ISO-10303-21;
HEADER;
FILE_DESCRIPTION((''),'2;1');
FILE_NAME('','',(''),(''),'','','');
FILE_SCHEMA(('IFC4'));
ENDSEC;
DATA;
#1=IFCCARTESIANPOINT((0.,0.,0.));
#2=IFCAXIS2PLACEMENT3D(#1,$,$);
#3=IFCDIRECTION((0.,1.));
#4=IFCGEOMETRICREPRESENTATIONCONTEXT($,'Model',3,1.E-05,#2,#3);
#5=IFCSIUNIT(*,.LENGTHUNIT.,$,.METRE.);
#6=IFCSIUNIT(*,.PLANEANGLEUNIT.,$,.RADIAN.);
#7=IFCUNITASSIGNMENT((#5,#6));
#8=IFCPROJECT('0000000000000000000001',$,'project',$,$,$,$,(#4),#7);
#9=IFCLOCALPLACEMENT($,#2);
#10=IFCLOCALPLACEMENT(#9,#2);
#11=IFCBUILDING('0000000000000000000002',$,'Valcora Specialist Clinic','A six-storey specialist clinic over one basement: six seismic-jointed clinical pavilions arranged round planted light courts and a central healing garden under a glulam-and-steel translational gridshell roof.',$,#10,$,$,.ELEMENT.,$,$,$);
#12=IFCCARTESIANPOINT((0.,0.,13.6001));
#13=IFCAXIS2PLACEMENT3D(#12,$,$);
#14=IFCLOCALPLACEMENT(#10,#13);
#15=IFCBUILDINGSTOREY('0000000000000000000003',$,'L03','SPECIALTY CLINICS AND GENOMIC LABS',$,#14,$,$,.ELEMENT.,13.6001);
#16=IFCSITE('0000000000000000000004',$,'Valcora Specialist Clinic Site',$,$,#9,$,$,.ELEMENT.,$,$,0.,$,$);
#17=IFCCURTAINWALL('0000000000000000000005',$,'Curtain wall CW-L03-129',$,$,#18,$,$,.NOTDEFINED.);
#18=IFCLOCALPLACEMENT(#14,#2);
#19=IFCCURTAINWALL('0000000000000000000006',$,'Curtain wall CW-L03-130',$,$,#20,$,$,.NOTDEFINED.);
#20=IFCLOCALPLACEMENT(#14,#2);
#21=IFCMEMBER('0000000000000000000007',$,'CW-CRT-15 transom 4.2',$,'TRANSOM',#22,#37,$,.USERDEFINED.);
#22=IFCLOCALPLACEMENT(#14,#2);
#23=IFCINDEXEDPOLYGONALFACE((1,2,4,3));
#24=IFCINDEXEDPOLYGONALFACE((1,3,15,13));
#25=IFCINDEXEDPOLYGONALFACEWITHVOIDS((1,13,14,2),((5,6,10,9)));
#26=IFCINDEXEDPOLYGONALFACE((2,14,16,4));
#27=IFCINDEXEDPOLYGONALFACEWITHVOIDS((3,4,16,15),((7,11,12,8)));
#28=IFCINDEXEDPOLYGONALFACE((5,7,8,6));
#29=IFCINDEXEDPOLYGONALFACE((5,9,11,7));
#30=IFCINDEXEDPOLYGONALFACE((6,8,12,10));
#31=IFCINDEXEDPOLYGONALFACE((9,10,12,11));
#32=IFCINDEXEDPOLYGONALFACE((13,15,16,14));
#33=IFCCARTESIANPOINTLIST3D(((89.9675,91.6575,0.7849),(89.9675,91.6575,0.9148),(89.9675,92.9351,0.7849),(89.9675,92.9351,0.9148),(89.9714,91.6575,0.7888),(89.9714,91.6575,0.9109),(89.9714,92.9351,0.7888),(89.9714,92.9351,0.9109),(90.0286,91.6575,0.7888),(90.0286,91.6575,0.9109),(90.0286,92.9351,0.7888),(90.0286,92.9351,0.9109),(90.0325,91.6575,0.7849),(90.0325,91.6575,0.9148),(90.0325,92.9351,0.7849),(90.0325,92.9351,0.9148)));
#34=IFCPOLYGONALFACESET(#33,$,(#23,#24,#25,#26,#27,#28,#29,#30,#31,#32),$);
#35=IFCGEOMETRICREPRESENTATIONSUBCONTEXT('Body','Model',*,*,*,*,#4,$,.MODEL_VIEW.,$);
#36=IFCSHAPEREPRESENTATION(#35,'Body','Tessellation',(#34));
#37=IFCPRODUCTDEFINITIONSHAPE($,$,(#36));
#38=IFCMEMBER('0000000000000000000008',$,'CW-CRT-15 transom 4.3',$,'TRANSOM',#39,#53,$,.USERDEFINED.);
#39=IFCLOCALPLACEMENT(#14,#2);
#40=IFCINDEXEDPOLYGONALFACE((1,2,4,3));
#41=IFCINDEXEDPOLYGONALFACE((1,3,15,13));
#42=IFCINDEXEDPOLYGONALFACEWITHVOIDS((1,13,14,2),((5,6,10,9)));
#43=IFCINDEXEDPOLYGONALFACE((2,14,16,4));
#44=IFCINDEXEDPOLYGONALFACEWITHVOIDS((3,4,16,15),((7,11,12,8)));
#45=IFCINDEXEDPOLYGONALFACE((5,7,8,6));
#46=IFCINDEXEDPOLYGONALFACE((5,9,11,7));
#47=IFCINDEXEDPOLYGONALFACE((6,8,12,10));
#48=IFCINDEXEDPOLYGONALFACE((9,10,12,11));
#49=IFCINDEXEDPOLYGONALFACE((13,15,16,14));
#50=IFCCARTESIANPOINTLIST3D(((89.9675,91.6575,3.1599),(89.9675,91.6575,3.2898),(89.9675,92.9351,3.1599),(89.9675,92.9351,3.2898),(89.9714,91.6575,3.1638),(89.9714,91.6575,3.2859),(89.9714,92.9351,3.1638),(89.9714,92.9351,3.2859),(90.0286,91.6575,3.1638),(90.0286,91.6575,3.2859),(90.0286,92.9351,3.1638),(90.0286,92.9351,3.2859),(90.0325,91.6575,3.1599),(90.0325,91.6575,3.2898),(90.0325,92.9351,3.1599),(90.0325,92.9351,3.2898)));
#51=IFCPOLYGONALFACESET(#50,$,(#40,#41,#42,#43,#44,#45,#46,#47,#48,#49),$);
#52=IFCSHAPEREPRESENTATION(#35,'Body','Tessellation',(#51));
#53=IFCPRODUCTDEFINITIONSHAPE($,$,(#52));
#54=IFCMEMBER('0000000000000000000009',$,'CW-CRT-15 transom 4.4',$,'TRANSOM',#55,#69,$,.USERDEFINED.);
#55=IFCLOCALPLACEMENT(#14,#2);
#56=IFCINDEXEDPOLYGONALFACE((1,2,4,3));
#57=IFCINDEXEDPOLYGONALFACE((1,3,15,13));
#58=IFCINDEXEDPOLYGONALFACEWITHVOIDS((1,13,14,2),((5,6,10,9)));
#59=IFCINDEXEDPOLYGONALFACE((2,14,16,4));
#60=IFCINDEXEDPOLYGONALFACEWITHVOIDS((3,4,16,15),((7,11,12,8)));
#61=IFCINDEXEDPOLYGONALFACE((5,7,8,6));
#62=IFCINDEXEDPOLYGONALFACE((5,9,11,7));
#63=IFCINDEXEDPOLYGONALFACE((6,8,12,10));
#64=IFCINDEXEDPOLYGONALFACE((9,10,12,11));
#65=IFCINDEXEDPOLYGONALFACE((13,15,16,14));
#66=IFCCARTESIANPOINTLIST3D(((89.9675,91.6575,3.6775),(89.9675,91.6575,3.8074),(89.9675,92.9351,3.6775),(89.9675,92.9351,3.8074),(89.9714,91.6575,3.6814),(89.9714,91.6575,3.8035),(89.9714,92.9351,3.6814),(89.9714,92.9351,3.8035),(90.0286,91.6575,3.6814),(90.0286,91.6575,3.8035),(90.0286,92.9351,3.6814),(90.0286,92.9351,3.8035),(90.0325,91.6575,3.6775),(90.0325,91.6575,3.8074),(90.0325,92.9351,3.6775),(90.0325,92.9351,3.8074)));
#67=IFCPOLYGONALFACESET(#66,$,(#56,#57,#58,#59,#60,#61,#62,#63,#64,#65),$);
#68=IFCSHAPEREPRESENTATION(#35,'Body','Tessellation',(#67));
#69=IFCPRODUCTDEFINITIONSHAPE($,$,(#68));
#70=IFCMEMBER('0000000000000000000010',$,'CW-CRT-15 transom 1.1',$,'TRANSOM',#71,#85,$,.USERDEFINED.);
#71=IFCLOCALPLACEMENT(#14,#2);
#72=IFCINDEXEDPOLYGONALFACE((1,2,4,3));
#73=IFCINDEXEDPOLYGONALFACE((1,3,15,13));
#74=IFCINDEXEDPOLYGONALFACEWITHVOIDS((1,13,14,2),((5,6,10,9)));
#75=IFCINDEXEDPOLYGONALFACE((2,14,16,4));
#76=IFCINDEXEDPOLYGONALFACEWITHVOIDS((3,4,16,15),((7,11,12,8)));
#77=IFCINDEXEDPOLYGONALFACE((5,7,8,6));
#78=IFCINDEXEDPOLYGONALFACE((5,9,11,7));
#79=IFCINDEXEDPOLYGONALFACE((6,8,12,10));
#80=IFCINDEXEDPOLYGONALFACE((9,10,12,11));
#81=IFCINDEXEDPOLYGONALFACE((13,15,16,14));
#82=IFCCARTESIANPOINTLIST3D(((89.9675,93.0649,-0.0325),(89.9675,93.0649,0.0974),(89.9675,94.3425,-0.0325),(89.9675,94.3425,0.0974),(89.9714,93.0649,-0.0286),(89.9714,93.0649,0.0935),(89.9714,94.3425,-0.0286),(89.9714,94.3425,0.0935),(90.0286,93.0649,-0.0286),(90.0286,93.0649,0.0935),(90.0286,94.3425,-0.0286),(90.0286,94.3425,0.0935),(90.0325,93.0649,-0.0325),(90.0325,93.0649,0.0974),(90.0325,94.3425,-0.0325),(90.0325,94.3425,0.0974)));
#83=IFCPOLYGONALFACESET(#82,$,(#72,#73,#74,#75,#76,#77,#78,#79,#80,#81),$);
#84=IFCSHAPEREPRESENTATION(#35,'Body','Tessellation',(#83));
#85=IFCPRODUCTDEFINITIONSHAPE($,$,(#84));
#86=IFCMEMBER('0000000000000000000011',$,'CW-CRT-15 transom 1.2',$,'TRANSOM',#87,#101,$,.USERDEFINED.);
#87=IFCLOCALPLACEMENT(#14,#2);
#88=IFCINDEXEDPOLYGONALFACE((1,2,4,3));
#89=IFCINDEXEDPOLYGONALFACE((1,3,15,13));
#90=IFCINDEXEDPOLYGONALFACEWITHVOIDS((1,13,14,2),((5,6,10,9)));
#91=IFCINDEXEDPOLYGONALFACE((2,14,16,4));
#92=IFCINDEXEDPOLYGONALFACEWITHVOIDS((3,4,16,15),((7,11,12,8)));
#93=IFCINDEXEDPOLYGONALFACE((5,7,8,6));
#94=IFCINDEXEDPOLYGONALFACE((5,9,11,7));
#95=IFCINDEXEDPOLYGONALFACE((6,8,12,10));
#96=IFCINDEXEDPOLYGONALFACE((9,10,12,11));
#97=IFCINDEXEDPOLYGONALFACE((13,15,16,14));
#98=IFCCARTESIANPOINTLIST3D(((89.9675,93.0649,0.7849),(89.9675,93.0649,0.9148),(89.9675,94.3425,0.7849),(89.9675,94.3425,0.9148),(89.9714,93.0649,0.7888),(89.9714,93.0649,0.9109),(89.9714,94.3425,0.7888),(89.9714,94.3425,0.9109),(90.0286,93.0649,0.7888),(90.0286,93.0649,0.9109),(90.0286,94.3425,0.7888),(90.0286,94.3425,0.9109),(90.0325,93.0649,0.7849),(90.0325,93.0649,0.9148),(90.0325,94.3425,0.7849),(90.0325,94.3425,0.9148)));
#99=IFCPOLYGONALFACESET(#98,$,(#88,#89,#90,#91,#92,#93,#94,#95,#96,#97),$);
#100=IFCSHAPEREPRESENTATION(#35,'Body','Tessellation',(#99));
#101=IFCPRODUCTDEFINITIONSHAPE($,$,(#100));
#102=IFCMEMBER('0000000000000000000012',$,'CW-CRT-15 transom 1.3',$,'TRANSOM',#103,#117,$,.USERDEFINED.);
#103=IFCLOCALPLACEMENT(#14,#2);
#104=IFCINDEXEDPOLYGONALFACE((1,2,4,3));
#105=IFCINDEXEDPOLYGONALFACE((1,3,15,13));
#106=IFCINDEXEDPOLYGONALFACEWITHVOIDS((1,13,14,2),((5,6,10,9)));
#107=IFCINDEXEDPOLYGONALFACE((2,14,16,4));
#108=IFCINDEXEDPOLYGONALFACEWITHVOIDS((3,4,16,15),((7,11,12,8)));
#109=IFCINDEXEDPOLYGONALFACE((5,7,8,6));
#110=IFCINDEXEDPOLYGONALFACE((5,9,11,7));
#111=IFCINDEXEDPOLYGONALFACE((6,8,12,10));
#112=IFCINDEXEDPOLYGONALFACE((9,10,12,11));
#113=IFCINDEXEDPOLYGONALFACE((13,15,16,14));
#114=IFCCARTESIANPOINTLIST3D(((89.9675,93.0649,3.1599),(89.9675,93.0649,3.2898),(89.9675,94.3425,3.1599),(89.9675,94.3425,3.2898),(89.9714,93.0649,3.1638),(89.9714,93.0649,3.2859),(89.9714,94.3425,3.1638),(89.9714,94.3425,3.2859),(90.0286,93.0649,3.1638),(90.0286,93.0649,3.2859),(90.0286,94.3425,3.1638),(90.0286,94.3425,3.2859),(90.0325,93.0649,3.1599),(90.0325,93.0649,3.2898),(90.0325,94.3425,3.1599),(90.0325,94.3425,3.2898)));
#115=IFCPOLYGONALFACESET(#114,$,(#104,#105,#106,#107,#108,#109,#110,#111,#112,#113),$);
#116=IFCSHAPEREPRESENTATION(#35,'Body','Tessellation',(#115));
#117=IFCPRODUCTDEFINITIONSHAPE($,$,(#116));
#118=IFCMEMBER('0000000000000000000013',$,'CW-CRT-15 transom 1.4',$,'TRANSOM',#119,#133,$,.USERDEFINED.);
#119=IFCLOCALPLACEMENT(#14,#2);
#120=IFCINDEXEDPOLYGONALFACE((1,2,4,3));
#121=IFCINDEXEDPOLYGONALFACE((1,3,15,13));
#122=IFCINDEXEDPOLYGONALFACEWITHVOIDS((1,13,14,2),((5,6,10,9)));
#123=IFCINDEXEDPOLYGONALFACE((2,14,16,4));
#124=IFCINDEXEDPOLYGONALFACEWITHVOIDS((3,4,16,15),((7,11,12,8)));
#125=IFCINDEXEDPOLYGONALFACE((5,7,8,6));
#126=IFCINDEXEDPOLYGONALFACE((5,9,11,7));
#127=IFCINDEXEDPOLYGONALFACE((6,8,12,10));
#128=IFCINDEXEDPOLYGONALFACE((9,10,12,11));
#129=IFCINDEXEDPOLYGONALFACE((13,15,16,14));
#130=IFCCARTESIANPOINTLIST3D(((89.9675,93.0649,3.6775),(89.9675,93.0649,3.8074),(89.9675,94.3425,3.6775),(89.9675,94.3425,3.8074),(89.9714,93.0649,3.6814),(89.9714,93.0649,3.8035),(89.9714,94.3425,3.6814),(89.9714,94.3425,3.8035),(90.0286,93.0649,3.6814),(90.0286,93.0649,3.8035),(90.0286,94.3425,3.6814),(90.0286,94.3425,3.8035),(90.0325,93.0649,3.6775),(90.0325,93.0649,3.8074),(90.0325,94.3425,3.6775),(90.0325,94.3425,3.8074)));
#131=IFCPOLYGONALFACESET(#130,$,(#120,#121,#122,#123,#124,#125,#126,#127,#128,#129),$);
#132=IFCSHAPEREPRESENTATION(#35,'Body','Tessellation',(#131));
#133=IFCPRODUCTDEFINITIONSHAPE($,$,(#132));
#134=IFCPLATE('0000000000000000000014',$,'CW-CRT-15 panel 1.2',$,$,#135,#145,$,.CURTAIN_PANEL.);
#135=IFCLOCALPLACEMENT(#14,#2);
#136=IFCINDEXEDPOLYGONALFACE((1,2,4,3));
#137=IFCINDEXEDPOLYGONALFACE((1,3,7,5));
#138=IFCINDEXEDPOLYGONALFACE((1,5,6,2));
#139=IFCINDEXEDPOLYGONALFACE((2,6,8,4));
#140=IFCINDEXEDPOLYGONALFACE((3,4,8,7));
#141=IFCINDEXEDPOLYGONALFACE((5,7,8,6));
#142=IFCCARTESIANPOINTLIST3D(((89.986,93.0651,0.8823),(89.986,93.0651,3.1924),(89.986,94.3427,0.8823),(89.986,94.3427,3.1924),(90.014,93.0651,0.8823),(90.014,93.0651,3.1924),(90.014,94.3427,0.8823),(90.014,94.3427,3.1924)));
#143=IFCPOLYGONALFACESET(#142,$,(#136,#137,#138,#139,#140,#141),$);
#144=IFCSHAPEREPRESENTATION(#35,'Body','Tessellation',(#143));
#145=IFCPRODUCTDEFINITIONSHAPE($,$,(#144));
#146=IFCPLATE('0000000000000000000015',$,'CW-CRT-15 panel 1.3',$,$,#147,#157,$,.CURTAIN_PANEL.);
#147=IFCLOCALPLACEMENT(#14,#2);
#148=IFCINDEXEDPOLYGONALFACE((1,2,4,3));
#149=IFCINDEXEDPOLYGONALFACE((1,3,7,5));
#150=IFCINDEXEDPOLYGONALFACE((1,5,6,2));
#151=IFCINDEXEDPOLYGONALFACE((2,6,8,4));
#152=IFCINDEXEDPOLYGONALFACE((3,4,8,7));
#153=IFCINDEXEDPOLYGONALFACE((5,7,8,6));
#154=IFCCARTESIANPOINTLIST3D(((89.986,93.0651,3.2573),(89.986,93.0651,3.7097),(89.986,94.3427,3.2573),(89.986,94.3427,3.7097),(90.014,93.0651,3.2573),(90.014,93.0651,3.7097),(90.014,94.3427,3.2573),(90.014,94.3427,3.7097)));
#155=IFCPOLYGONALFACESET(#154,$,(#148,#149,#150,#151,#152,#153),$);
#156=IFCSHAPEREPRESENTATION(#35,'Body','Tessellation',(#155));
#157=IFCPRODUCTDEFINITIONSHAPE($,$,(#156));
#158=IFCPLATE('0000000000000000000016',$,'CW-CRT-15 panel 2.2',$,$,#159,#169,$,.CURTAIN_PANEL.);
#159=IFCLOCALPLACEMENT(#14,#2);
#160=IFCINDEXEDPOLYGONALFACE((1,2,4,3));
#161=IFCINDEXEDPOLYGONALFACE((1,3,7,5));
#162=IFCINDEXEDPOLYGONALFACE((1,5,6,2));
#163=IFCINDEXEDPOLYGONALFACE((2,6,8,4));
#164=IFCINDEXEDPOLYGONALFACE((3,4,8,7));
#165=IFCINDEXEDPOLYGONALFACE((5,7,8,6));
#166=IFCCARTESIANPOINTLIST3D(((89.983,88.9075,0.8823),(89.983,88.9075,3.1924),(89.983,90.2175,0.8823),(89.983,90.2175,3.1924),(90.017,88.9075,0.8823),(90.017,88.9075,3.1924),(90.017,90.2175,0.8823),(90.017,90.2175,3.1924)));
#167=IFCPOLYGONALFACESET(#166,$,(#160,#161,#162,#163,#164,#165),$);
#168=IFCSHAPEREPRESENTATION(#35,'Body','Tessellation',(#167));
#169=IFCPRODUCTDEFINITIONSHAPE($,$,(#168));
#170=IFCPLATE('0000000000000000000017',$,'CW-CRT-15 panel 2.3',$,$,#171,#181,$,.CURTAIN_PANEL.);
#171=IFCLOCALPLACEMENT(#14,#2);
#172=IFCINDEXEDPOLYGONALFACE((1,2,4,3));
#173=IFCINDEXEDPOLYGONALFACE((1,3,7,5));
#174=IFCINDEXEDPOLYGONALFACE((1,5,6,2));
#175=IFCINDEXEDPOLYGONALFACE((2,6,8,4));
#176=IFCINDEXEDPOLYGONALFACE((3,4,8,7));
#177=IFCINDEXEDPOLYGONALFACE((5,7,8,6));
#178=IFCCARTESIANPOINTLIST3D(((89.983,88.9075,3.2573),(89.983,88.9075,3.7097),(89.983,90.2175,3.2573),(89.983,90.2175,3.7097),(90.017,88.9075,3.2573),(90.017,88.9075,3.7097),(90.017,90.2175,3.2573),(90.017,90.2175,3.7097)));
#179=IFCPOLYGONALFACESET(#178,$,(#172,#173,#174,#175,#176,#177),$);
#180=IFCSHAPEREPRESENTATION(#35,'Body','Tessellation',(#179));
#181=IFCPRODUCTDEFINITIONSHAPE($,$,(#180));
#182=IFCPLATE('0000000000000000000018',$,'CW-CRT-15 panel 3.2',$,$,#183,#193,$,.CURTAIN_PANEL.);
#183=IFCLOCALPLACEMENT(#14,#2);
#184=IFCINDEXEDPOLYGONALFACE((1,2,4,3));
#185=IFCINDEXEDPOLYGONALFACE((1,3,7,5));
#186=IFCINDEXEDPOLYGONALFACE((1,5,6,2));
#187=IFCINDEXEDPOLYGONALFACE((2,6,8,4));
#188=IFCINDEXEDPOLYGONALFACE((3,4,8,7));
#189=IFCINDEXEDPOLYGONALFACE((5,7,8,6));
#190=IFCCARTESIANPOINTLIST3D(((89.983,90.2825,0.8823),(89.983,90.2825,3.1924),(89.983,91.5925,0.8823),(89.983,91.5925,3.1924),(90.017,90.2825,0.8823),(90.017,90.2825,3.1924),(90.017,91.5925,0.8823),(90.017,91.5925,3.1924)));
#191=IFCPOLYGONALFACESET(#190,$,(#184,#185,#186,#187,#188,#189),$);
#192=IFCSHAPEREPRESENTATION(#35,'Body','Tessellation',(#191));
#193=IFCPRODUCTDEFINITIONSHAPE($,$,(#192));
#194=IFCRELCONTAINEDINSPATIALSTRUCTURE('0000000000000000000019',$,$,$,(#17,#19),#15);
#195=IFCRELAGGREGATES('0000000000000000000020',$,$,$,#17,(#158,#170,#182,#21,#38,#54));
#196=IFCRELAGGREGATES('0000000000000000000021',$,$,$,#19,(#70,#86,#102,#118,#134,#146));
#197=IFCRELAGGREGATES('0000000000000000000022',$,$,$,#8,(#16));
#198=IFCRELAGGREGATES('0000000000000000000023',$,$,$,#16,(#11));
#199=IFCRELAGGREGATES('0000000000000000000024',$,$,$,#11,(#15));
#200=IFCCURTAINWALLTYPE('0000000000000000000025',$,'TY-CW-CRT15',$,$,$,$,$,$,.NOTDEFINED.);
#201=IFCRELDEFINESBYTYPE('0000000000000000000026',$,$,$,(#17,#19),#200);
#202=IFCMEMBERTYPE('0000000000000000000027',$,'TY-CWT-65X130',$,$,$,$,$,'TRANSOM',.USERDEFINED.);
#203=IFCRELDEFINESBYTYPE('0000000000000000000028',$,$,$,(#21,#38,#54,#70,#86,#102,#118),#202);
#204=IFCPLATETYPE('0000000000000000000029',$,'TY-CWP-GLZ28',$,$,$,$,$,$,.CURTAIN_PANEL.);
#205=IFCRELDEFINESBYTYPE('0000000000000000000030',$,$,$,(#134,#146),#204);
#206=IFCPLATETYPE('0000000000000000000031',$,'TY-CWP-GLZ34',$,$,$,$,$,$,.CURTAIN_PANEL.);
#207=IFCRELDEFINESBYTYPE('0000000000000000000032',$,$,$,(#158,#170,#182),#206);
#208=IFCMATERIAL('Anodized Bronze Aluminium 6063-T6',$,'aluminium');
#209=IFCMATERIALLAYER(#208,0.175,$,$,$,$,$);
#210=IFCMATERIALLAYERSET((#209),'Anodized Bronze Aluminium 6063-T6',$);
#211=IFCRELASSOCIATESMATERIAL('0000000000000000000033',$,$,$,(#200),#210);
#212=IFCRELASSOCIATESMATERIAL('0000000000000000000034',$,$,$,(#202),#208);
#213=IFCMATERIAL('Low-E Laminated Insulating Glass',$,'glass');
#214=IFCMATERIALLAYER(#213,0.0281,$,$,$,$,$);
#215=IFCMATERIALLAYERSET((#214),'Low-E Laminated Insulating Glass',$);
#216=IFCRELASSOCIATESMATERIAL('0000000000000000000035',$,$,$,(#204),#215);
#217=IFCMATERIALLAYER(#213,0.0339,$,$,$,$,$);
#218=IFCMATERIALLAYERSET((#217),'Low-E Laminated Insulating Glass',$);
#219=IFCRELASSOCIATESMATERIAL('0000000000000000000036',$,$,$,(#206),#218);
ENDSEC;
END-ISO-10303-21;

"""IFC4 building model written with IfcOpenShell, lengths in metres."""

from ifc_helpers import new_model, si_unit, direction, frame, origin, origin_2d, place, context, subcontext, project, spatial, rectangle, hollow_rectangle, extrude, material, layer, layer_set, material_profile, profile_set, type_object, element, aggregate, save


model = new_model("IFC4")

# Units and contexts
model_context = context("Model", 3, precision=1e-05, world=origin(), true_north=direction((0.0, 1.0)))
body_context = subcontext(model_context, "Body", "Model", "MODEL_VIEW")
ifc_project = project(units=[si_unit("LENGTHUNIT", "METRE"), si_unit("PLANEANGLEUNIT", "RADIAN")], contexts=[model_context])

# Site, building, storey
site_placement = place(None, origin())
site = spatial("IfcSite", under=ifc_project, at=site_placement, Name="Valcora Specialist Clinic Site", CompositionType="ELEMENT", RefElevation=0.0)
building_placement = place(site_placement, origin())
building = spatial("IfcBuilding", under=site, at=building_placement, Name="Valcora Specialist Clinic", Description="A six-storey specialist clinic over one basement: six seismic-jointed clinical pavilions arranged round planted light courts and a central healing garden under a glulam-and-steel translational gridshell roof.", CompositionType="ELEMENT")
storey_placement = place(building_placement, frame((0.0, 0.0, 13.6001)))
storey = spatial("IfcBuildingStorey", under=building, at=storey_placement, Name="L03", Description="SPECIALTY CLINICS AND GENOMIC LABS", CompositionType="ELEMENT", Elevation=13.6001)

# Curtain wall
ifc_material_1 = material(Name="Anodized Bronze Aluminium 6063-T6", Category="aluminium")
ifc_layer_1 = layer(ifc_material_1, 0.175)
ifc_layer_set_1 = layer_set([ifc_layer_1], Name="Anodized Bronze Aluminium 6063-T6")
curtain_wall_type = type_object("IfcCurtainWallType", Name="TY-CW-CRT15", PredefinedType="NOTDEFINED", material=ifc_layer_set_1)
curtain_wall_1_placement = place(storey_placement, origin())
curtain_wall_1 = element("IfcCurtainWall", 1, at=curtain_wall_1_placement, inside=storey, type_object=curtain_wall_type, Name="Curtain wall CW-L03-129", PredefinedType="NOTDEFINED")

# Curtain wall
curtain_wall_2_placement = place(storey_placement, origin())
curtain_wall_2 = element("IfcCurtainWall", 2, at=curtain_wall_2_placement, inside=storey, type_object=curtain_wall_type, Name="Curtain wall CW-L03-130", PredefinedType="NOTDEFINED")

# Members
ifc_material_profile_1 = material_profile(ifc_material_1, hollow_rectangle(XDim=0.0649, YDim=0.1299, WallThickness=0.0039, at=origin_2d()), Name="AL-TRN-65X130")
ifc_profile_set_1 = profile_set([ifc_material_profile_1], Name="Anodized Bronze Aluminium 6063-T6")
member_type_1 = type_object("IfcMemberType", Name="TY-CWT-65X130", ElementType="TRANSOM", PredefinedType="USERDEFINED", material=ifc_profile_set_1)
member_1_placement = place(storey_placement, frame((90.0, 91.6575, 0.8499), z_axis=(0.0, 1.0, 0.0), x_axis=(-1.0, 0.0, 0.0)))
member_1 = element("IfcMember", 3, at=member_1_placement, type_object=member_type_1, Name="CW-CRT-15 transom 4.2", ObjectType="TRANSOM", PredefinedType="USERDEFINED", context=body_context, shape_type="SweptSolid", body=[
    extrude(hollow_rectangle(XDim=0.0649, YDim=0.1299, WallThickness=0.0039, at=origin_2d()), origin(), (0.0, 0.0, 1.0), 1.2776),
])
member_2_placement = place(storey_placement, frame((90.0, 91.6575, 3.2249), z_axis=(0.0, 1.0, 0.0), x_axis=(-1.0, 0.0, 0.0)))
member_2 = element("IfcMember", 4, at=member_2_placement, type_object=member_type_1, Name="CW-CRT-15 transom 4.3", ObjectType="TRANSOM", PredefinedType="USERDEFINED", context=body_context, shape_type="SweptSolid", body=[
    extrude(hollow_rectangle(XDim=0.0649, YDim=0.1299, WallThickness=0.0039, at=origin_2d()), origin(), (0.0, 0.0, 1.0), 1.2776),
])
member_3_placement = place(storey_placement, frame((90.0, 91.6575, 3.7424), z_axis=(0.0, 1.0, 0.0), x_axis=(-1.0, 0.0, 0.0)))
member_3 = element("IfcMember", 5, at=member_3_placement, type_object=member_type_1, Name="CW-CRT-15 transom 4.4", ObjectType="TRANSOM", PredefinedType="USERDEFINED", context=body_context, shape_type="SweptSolid", body=[
    extrude(hollow_rectangle(XDim=0.0649, YDim=0.1299, WallThickness=0.0039, at=origin_2d()), origin(), (0.0, 0.0, 1.0), 1.2776),
])
member_4_placement = place(storey_placement, frame((90.0, 93.0649, 0.0325), z_axis=(0.0, 1.0, 0.0), x_axis=(-1.0, 0.0, 0.0)))
member_4 = element("IfcMember", 6, at=member_4_placement, type_object=member_type_1, Name="CW-CRT-15 transom 1.1", ObjectType="TRANSOM", PredefinedType="USERDEFINED", context=body_context, shape_type="SweptSolid", body=[
    extrude(hollow_rectangle(XDim=0.0649, YDim=0.1299, WallThickness=0.0039, at=origin_2d()), origin(), (0.0, 0.0, 1.0), 1.2776),
])
member_5_placement = place(storey_placement, frame((90.0, 93.0649, 0.8499), z_axis=(0.0, 1.0, 0.0), x_axis=(-1.0, 0.0, 0.0)))
member_5 = element("IfcMember", 7, at=member_5_placement, type_object=member_type_1, Name="CW-CRT-15 transom 1.2", ObjectType="TRANSOM", PredefinedType="USERDEFINED", context=body_context, shape_type="SweptSolid", body=[
    extrude(hollow_rectangle(XDim=0.0649, YDim=0.1299, WallThickness=0.0039, at=origin_2d()), origin(), (0.0, 0.0, 1.0), 1.2776),
])
member_6_placement = place(storey_placement, frame((90.0, 93.0649, 3.2249), z_axis=(0.0, 1.0, 0.0), x_axis=(-1.0, 0.0, 0.0)))
member_6 = element("IfcMember", 8, at=member_6_placement, type_object=member_type_1, Name="CW-CRT-15 transom 1.3", ObjectType="TRANSOM", PredefinedType="USERDEFINED", context=body_context, shape_type="SweptSolid", body=[
    extrude(hollow_rectangle(XDim=0.0649, YDim=0.1299, WallThickness=0.0039, at=origin_2d()), origin(), (0.0, 0.0, 1.0), 1.2776),
])
member_7_placement = place(storey_placement, frame((90.0, 93.0649, 3.7424), z_axis=(0.0, 1.0, 0.0), x_axis=(-1.0, 0.0, 0.0)))
member_7 = element("IfcMember", 9, at=member_7_placement, type_object=member_type_1, Name="CW-CRT-15 transom 1.4", ObjectType="TRANSOM", PredefinedType="USERDEFINED", context=body_context, shape_type="SweptSolid", body=[
    extrude(hollow_rectangle(XDim=0.0649, YDim=0.1299, WallThickness=0.0039, at=origin_2d()), origin(), (0.0, 0.0, 1.0), 1.2776),
])

# Plates
ifc_material_2 = material(Name="Low-E Laminated Insulating Glass", Category="glass")
ifc_layer_2 = layer(ifc_material_2, 0.0281)
ifc_layer_set_2 = layer_set([ifc_layer_2], Name="Low-E Laminated Insulating Glass")
plate_type_1 = type_object("IfcPlateType", Name="TY-CWP-GLZ28", PredefinedType="CURTAIN_PANEL", material=ifc_layer_set_2)
plate_1_placement = place(storey_placement, frame((90.0, 93.7039, 0.8823), z_axis=(0.0, 0.0, 1.0), x_axis=(0.0, 1.0, 0.0)))
plate_1 = element("IfcPlate", 10, at=plate_1_placement, type_object=plate_type_1, Name="CW-CRT-15 panel 1.2", PredefinedType="CURTAIN_PANEL", context=body_context, shape_type="SweptSolid", body=[
    extrude(rectangle(XDim=1.2776, YDim=0.0281, at=origin_2d()), origin(), (0.0, 0.0, 1.0), 2.3101),
])
plate_2_placement = place(storey_placement, frame((90.0, 93.7039, 3.2573), z_axis=(0.0, 0.0, 1.0), x_axis=(0.0, 1.0, 0.0)))
plate_2 = element("IfcPlate", 11, at=plate_2_placement, type_object=plate_type_1, Name="CW-CRT-15 panel 1.3", PredefinedType="CURTAIN_PANEL", context=body_context, shape_type="SweptSolid", body=[
    extrude(rectangle(XDim=1.2776, YDim=0.0281, at=origin_2d()), origin(), (0.0, 0.0, 1.0), 0.4524),
])
ifc_layer_3 = layer(ifc_material_2, 0.0339)
ifc_layer_set_3 = layer_set([ifc_layer_3], Name="Low-E Laminated Insulating Glass")
plate_type_2 = type_object("IfcPlateType", Name="TY-CWP-GLZ34", PredefinedType="CURTAIN_PANEL", material=ifc_layer_set_3)
plate_3_placement = place(storey_placement, frame((90.0, 89.5625, 0.8823), z_axis=(0.0, 0.0, 1.0), x_axis=(0.0, 1.0, 0.0)))
plate_3 = element("IfcPlate", 12, at=plate_3_placement, type_object=plate_type_2, Name="CW-CRT-15 panel 2.2", PredefinedType="CURTAIN_PANEL", context=body_context, shape_type="SweptSolid", body=[
    extrude(rectangle(XDim=1.3101, YDim=0.0339, at=origin_2d()), origin(), (0.0, 0.0, 1.0), 2.3101),
])
plate_4_placement = place(storey_placement, frame((90.0, 89.5625, 3.2573), z_axis=(0.0, 0.0, 1.0), x_axis=(0.0, 1.0, 0.0)))
plate_4 = element("IfcPlate", 13, at=plate_4_placement, type_object=plate_type_2, Name="CW-CRT-15 panel 2.3", PredefinedType="CURTAIN_PANEL", context=body_context, shape_type="SweptSolid", body=[
    extrude(rectangle(XDim=1.3101, YDim=0.0339, at=origin_2d()), origin(), (0.0, 0.0, 1.0), 0.4524),
])
plate_5_placement = place(storey_placement, frame((90.0, 90.9375, 0.8823), z_axis=(0.0, 0.0, 1.0), x_axis=(0.0, 1.0, 0.0)))
plate_5 = element("IfcPlate", 14, at=plate_5_placement, type_object=plate_type_2, Name="CW-CRT-15 panel 3.2", PredefinedType="CURTAIN_PANEL", context=body_context, shape_type="SweptSolid", body=[
    extrude(rectangle(XDim=1.3101, YDim=0.0339, at=origin_2d()), origin(), (0.0, 0.0, 1.0), 2.3101),
])
aggregate(curtain_wall_1, [plate_3, plate_4, plate_5, member_1, member_2, member_3])
aggregate(curtain_wall_2, [member_4, member_5, member_6, member_7, plate_1, plate_2])

save(model, "model.ifc")
